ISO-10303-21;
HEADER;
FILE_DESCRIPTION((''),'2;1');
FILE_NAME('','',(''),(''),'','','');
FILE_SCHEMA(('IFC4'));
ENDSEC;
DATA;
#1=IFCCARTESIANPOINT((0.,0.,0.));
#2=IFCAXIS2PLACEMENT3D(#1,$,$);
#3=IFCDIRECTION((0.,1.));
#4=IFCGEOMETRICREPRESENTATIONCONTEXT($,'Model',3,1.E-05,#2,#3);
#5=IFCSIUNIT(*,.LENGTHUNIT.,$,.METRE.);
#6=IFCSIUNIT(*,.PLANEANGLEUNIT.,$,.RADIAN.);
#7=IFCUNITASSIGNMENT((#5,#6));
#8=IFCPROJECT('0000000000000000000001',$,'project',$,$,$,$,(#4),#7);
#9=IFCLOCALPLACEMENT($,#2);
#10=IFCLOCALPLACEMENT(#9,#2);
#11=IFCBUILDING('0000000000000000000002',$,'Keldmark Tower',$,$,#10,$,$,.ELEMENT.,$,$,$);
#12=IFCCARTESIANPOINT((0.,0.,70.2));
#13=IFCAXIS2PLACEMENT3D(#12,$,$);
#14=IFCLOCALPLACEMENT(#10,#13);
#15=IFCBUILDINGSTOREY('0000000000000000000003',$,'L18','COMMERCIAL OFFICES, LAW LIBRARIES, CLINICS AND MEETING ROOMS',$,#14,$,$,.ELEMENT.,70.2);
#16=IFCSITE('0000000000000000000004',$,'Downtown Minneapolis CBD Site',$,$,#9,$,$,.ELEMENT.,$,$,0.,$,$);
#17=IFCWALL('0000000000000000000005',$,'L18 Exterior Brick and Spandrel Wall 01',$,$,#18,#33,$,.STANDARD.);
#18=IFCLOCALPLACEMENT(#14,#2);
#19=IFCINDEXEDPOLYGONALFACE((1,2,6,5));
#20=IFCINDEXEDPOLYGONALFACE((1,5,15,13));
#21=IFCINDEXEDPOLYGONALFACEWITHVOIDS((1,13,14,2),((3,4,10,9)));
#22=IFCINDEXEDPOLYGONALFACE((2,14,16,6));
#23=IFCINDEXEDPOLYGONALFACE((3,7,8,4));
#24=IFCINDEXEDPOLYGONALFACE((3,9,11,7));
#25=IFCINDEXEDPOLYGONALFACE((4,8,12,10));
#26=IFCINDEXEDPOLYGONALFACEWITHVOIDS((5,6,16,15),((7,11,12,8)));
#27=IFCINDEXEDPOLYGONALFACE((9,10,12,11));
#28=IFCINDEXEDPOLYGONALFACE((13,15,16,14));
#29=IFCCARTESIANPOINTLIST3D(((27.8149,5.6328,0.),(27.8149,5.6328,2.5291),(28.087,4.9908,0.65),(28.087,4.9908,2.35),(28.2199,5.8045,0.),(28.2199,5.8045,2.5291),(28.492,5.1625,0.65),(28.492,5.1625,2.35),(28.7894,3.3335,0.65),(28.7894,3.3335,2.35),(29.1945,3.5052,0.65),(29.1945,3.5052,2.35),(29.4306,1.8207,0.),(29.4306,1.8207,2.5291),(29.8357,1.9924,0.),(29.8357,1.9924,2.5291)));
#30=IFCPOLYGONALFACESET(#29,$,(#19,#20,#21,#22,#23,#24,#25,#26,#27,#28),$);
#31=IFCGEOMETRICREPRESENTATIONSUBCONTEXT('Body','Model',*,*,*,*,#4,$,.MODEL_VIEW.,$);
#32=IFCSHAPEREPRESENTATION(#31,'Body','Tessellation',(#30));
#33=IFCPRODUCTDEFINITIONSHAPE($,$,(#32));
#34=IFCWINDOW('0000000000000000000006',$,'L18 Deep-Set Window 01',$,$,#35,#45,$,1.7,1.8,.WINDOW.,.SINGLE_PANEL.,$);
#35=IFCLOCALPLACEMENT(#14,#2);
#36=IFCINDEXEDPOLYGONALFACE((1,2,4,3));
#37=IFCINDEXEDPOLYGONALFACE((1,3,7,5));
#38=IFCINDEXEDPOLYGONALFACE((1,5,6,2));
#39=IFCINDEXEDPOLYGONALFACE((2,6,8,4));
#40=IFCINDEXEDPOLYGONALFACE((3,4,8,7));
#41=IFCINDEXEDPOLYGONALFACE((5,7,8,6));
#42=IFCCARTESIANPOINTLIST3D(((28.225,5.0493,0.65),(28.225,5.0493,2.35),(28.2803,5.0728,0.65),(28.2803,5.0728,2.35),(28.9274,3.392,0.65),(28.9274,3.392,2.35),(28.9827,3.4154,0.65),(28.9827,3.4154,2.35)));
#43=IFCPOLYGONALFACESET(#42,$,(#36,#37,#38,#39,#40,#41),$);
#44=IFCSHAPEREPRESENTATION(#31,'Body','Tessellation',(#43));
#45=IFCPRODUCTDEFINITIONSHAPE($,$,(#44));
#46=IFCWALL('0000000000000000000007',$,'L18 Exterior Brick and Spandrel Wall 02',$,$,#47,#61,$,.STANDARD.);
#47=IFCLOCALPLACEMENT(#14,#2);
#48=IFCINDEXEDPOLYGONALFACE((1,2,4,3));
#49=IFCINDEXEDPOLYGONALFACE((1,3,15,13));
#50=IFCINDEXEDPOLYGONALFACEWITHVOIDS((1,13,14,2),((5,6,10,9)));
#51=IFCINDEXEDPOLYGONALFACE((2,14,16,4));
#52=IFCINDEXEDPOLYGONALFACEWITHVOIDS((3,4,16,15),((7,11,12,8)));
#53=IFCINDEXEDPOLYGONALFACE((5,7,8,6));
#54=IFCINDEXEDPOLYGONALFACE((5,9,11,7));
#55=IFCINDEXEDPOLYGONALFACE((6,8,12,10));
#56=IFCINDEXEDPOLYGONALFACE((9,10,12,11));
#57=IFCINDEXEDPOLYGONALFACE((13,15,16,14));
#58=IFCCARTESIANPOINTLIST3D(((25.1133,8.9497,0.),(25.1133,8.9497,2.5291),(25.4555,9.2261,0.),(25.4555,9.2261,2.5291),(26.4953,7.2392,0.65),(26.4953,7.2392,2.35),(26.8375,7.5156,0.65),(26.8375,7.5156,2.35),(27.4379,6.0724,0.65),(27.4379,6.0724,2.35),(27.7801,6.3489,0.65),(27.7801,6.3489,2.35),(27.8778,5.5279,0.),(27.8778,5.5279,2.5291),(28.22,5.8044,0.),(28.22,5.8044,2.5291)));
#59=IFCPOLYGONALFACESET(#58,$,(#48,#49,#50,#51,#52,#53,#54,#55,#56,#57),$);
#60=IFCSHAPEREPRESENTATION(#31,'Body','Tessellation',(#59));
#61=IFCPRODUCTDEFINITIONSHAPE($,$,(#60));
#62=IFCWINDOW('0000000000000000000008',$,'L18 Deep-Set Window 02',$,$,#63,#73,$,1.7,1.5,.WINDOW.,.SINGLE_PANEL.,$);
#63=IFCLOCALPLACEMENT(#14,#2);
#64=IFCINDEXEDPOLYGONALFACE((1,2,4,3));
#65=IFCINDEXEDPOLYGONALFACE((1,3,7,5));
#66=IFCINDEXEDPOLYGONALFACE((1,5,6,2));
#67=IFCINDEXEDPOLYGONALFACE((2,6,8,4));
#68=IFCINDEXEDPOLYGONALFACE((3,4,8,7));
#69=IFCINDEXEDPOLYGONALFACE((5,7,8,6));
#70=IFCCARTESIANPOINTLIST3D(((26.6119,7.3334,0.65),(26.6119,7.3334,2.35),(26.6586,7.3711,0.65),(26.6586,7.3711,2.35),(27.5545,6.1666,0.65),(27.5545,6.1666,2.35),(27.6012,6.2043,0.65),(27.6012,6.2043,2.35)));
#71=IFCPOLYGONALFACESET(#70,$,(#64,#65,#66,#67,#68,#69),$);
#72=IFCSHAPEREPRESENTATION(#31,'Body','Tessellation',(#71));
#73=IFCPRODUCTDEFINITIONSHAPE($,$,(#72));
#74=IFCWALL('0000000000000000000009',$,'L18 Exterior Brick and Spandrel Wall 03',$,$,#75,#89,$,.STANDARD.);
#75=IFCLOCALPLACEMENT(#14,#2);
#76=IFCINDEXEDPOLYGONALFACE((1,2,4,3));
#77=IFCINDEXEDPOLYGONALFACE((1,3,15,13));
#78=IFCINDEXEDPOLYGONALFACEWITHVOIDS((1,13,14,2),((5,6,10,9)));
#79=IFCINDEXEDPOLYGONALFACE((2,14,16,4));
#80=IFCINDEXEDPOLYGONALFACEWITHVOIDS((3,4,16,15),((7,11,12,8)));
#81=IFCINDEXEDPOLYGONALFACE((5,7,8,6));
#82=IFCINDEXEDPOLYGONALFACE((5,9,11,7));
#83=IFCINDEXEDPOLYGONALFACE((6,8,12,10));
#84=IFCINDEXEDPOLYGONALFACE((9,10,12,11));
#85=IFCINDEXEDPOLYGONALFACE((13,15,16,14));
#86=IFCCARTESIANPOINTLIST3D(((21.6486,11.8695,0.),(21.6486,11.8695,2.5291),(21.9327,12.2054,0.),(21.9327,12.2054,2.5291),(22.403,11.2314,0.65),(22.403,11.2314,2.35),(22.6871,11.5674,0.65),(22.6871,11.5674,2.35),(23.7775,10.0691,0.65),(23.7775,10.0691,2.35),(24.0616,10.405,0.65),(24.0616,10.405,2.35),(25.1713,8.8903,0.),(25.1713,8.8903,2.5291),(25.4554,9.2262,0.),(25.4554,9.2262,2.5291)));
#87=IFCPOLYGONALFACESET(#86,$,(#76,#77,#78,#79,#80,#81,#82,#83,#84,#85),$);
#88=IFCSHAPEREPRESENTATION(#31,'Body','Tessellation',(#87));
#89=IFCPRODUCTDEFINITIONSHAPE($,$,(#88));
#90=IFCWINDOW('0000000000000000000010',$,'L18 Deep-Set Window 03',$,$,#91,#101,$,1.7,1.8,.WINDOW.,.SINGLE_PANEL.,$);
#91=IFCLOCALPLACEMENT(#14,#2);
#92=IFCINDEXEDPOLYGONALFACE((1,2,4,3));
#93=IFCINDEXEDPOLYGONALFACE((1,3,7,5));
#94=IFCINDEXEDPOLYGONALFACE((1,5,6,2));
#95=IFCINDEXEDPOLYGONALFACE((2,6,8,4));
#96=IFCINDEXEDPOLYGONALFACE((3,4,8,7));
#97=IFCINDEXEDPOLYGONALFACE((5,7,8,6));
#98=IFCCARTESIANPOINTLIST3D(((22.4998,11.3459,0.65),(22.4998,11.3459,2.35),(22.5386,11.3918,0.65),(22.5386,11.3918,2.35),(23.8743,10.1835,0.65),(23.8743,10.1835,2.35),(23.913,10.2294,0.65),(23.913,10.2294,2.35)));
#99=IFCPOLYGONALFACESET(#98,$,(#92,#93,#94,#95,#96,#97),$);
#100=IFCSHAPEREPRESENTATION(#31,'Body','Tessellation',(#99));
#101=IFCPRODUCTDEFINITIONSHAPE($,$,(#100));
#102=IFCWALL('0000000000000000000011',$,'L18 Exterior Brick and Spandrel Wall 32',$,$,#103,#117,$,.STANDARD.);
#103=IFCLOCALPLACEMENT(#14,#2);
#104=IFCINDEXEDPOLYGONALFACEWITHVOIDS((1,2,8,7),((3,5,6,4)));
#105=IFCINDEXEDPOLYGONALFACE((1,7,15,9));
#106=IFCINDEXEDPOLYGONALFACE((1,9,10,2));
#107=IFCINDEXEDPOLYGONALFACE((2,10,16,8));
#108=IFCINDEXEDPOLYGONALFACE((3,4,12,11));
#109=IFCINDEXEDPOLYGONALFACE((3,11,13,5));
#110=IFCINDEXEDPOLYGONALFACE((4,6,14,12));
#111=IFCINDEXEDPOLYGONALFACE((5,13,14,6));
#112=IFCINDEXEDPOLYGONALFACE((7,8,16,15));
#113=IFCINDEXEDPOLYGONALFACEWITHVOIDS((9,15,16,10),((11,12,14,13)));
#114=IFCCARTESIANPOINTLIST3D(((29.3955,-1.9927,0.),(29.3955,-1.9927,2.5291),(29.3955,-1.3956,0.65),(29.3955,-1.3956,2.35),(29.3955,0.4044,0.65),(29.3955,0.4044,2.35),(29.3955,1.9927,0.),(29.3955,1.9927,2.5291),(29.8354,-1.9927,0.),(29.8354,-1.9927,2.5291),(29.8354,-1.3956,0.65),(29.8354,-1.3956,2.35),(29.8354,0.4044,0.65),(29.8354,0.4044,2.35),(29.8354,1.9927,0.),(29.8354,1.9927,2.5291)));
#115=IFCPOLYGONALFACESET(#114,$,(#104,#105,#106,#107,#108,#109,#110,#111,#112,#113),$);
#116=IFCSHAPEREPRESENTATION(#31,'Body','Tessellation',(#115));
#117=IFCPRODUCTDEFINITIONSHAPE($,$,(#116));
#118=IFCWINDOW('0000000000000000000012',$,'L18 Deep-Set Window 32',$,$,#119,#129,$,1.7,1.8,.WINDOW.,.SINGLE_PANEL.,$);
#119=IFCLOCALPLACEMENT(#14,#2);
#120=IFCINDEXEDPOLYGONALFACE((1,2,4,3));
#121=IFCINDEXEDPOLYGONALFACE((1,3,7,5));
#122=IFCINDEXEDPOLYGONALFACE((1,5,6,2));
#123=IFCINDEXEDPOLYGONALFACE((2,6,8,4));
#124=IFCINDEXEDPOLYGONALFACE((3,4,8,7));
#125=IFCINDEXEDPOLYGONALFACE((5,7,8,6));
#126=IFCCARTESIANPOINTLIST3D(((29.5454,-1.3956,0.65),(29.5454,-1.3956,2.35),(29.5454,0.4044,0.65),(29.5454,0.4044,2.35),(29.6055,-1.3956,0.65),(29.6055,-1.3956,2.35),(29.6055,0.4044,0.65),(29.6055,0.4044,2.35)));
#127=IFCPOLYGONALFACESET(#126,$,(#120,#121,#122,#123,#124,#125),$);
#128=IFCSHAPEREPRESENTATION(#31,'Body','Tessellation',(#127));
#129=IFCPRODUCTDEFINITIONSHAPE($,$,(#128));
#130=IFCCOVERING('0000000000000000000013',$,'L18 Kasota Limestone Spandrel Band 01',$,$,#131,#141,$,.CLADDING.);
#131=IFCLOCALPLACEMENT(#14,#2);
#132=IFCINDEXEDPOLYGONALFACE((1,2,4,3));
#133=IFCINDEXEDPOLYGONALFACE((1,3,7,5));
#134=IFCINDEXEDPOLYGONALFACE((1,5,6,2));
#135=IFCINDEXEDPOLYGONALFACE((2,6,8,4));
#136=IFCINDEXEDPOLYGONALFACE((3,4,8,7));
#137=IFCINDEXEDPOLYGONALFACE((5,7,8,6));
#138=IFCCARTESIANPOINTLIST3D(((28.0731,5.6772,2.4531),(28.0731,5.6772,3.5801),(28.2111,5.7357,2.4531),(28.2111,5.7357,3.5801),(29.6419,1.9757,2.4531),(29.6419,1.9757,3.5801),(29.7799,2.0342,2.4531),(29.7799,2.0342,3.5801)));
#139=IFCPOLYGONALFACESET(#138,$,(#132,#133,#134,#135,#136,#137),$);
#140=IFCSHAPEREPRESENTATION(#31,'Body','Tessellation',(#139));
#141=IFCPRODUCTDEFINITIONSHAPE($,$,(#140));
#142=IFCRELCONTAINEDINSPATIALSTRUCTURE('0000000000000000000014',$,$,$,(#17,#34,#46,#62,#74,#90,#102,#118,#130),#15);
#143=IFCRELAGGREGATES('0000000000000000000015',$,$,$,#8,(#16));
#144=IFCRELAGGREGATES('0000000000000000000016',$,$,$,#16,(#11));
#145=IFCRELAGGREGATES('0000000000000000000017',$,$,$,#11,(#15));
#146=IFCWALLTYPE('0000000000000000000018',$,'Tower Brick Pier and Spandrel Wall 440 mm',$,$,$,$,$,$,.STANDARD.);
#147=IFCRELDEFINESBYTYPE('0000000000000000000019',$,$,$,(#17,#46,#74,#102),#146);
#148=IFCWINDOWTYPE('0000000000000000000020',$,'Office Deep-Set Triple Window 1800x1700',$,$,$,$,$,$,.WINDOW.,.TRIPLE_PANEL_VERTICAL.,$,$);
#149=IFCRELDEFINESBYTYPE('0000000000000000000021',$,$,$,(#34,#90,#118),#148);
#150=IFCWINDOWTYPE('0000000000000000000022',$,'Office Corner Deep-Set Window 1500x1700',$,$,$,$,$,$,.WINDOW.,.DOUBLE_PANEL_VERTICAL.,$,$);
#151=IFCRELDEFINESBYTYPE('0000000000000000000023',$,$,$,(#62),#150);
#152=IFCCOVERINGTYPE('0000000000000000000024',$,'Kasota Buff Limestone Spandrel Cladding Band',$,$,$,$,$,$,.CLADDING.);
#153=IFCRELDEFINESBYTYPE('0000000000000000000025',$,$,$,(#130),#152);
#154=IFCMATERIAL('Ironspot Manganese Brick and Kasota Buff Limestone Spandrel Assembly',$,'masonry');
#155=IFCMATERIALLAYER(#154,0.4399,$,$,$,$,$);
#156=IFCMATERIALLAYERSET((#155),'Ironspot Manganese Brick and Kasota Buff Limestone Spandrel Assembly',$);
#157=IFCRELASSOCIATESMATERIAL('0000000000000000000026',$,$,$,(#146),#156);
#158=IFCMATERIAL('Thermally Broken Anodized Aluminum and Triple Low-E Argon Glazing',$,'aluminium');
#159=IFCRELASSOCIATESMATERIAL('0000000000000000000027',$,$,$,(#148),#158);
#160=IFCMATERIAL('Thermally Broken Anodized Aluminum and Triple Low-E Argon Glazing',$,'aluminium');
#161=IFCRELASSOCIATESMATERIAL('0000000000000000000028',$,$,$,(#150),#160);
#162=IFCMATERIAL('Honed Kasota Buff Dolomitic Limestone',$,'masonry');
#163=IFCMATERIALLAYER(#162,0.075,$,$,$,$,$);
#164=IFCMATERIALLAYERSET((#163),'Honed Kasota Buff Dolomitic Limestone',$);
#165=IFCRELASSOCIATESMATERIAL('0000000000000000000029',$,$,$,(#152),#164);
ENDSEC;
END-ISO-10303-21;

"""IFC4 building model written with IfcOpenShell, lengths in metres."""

from ifc_helpers import new_model, si_unit, direction, frame, frame_2d, origin, origin_2d, place, context, subcontext, project, spatial, rectangle, extrude, material, layer, layer_set, type_object, element, fill, save


model = new_model("IFC4")

# Units and contexts
model_context = context("Model", 3, precision=1e-05, world=origin(), true_north=direction((0.0, 1.0)))
body_context = subcontext(model_context, "Body", "Model", "MODEL_VIEW")
ifc_project = project(units=[si_unit("LENGTHUNIT", "METRE"), si_unit("PLANEANGLEUNIT", "RADIAN")], contexts=[model_context])

# Site, building, storey
site_placement = place(None, origin())
site = spatial("IfcSite", under=ifc_project, at=site_placement, Name="Downtown Minneapolis CBD Site", CompositionType="ELEMENT", RefElevation=0.0)
building_placement = place(site_placement, origin())
building = spatial("IfcBuilding", under=site, at=building_placement, Name="Keldmark Tower", CompositionType="ELEMENT")
storey_placement = place(building_placement, frame((0.0, 0.0, 70.2)))
storey = spatial("IfcBuildingStorey", under=building, at=storey_placement, Name="L18", Description="COMMERCIAL OFFICES, LAW LIBRARIES, CLINICS AND MEETING ROOMS", CompositionType="ELEMENT", Elevation=70.2)

# Walls, openings, windows
ifc_material_1 = material(Name="Ironspot Manganese Brick and Kasota Buff Limestone Spandrel Assembly", Category="masonry")
ifc_layer_1 = layer(ifc_material_1, 0.4399)
ifc_layer_set_1 = layer_set([ifc_layer_1], Name="Ironspot Manganese Brick and Kasota Buff Limestone Spandrel Assembly")
wall_type = type_object("IfcWallType", Name="Tower Brick Pier and Spandrel Wall 440 mm", PredefinedType="STANDARD", material=ifc_layer_set_1)
wall_1_placement = place(storey_placement, frame((28.0173, 5.7188, 0.0), z_axis=(0.0, 0.0, 1.0), x_axis=(0.390244, -0.920712, 0.0)))
wall_1 = element("IfcWall", 1, at=wall_1_placement, inside=storey, type_object=wall_type, Name="L18 Exterior Brick and Spandrel Wall 01", PredefinedType="STANDARD", context=body_context, shape_type="SweptSolid", body=[
    extrude(rectangle(XDim=4.1404, YDim=0.4399, at=frame_2d((2.0703, 0.0))), origin(), (0.0, 0.0, 1.0), 2.5291),
])
opening_1_placement = place(wall_1_placement, frame((0.6975, 0.0, 0.6499)))
opening_1 = element("IfcOpeningElement", 2, at=opening_1_placement, cuts=wall_1, PredefinedType="OPENING", context=body_context, shape_type="SweptSolid", body=[
    extrude(rectangle(XDim=1.8, YDim=1.7, at=frame_2d((0.8999, 0.8501))), frame((0.0, 0.23, 0.0), z_axis=(0.0, -1.0, 0.0), x_axis=(1.0, 0.0, 0.0)), (0.0, 0.0, 1.0), 0.46),
])
ifc_material_2 = material(Name="Thermally Broken Anodized Aluminum and Triple Low-E Argon Glazing", Category="aluminium")
window_type_1 = type_object("IfcWindowType", Name="Office Deep-Set Triple Window 1800x1700", PartitioningType="TRIPLE_PANEL_VERTICAL", PredefinedType="WINDOW", material=ifc_material_2)
window_1_placement = place(opening_1_placement, origin())
window_1 = element("IfcWindow", 3, at=window_1_placement, inside=storey, type_object=window_type_1, Name="L18 Deep-Set Window 01", OverallHeight=1.7, OverallWidth=1.8, PartitioningType="SINGLE_PANEL", PredefinedType="WINDOW", context=body_context, shape_type="SweptSolid", body=[
    extrude(rectangle(XDim=1.8, YDim=1.7, at=frame_2d((0.8999, 0.8501))), frame((0.0, -0.01, 0.0), z_axis=(0.0, -1.0, 0.0), x_axis=(1.0, 0.0, 0.0)), (0.0, 0.0, 1.0), 0.0601),
])
fill(opening_1, window_1)
wall_2_placement = place(storey_placement, frame((25.2844, 9.0879, 0.0), z_axis=(0.0, 0.0, 1.0), x_axis=(0.628444, -0.777855, 0.0)))
wall_2 = element("IfcWall", 4, at=wall_2_placement, inside=storey, type_object=wall_type, Name="L18 Exterior Brick and Spandrel Wall 02", PredefinedType="STANDARD", context=body_context, shape_type="SweptSolid", body=[
    extrude(rectangle(XDim=4.3989, YDim=0.4399, at=frame_2d((2.1995, 0.0))), origin(), (0.0, 0.0, 1.0), 2.5291),
])
opening_2_placement = place(wall_2_placement, frame((2.199, 0.0, 0.6499)))
opening_2 = element("IfcOpeningElement", 5, at=opening_2_placement, cuts=wall_2, PredefinedType="OPENING", context=body_context, shape_type="SweptSolid", body=[
    extrude(rectangle(XDim=1.5, YDim=1.7, at=frame_2d((0.75, 0.8501))), frame((0.0, 0.23, 0.0), z_axis=(0.0, -1.0, 0.0), x_axis=(1.0, 0.0, 0.0)), (0.0, 0.0, 1.0), 0.46),
])
ifc_material_3 = material(Name="Thermally Broken Anodized Aluminum and Triple Low-E Argon Glazing", Category="aluminium")
window_type_2 = type_object("IfcWindowType", Name="Office Corner Deep-Set Window 1500x1700", PartitioningType="DOUBLE_PANEL_VERTICAL", PredefinedType="WINDOW", material=ifc_material_3)
window_2_placement = place(opening_2_placement, origin())
window_2 = element("IfcWindow", 6, at=window_2_placement, inside=storey, type_object=window_type_2, Name="L18 Deep-Set Window 02", OverallHeight=1.7, OverallWidth=1.5, PartitioningType="SINGLE_PANEL", PredefinedType="WINDOW", context=body_context, shape_type="SweptSolid", body=[
    extrude(rectangle(XDim=1.5, YDim=1.7, at=frame_2d((0.75, 0.8501))), frame((0.0, -0.01, 0.0), z_axis=(0.0, -1.0, 0.0), x_axis=(1.0, 0.0, 0.0)), (0.0, 0.0, 1.0), 0.0601),
])
fill(opening_2, window_2)
wall_3_placement = place(storey_placement, frame((21.7908, 12.0374, 0.0), z_axis=(0.0, 0.0, 1.0), x_axis=(0.763547, -0.645752, 0.0)))
wall_3 = element("IfcWall", 7, at=wall_3_placement, inside=storey, type_object=wall_type, Name="L18 Exterior Brick and Spandrel Wall 03", PredefinedType="STANDARD", context=body_context, shape_type="SweptSolid", body=[
    extrude(rectangle(XDim=4.6135, YDim=0.4399, at=frame_2d((2.3066, 0.0))), origin(), (0.0, 0.0, 1.0), 2.5291),
])
opening_3_placement = place(wall_3_placement, frame((0.988, 0.0, 0.6499)))
opening_3 = element("IfcOpeningElement", 8, at=opening_3_placement, cuts=wall_3, PredefinedType="OPENING", context=body_context, shape_type="SweptSolid", body=[
    extrude(rectangle(XDim=1.8, YDim=1.7, at=frame_2d((0.8999, 0.8501))), frame((0.0, 0.23, 0.0), z_axis=(0.0, -1.0, 0.0), x_axis=(1.0, 0.0, 0.0)), (0.0, 0.0, 1.0), 0.46),
])
window_3_placement = place(opening_3_placement, origin())
window_3 = element("IfcWindow", 9, at=window_3_placement, inside=storey, type_object=window_type_1, Name="L18 Deep-Set Window 03", OverallHeight=1.7, OverallWidth=1.8, PartitioningType="SINGLE_PANEL", PredefinedType="WINDOW", context=body_context, shape_type="SweptSolid", body=[
    extrude(rectangle(XDim=1.8, YDim=1.7, at=frame_2d((0.8999, 0.8501))), frame((0.0, -0.01, 0.0), z_axis=(0.0, -1.0, 0.0), x_axis=(1.0, 0.0, 0.0)), (0.0, 0.0, 1.0), 0.0601),
])
fill(opening_3, window_3)
wall_4_placement = place(storey_placement, frame((29.6155, 1.9927, 0.0), z_axis=(0.0, 0.0, 1.0), x_axis=(0.0, -1.0, 0.0)))
wall_4 = element("IfcWall", 10, at=wall_4_placement, inside=storey, type_object=wall_type, Name="L18 Exterior Brick and Spandrel Wall 32", PredefinedType="STANDARD", context=body_context, shape_type="SweptSolid", body=[
    extrude(rectangle(XDim=3.9854, YDim=0.4399, at=frame_2d((1.9927, 0.0))), origin(), (0.0, 0.0, 1.0), 2.5291),
])
opening_4_placement = place(wall_4_placement, frame((1.5884, 0.0, 0.6499)))
opening_4 = element("IfcOpeningElement", 11, at=opening_4_placement, cuts=wall_4, PredefinedType="OPENING", context=body_context, shape_type="SweptSolid", body=[
    extrude(rectangle(XDim=1.8, YDim=1.7, at=frame_2d((0.8999, 0.8501))), frame((0.0, 0.23, 0.0), z_axis=(0.0, -1.0, 0.0), x_axis=(1.0, 0.0, 0.0)), (0.0, 0.0, 1.0), 0.46),
])
window_4_placement = place(opening_4_placement, origin())
window_4 = element("IfcWindow", 12, at=window_4_placement, inside=storey, type_object=window_type_1, Name="L18 Deep-Set Window 32", OverallHeight=1.7, OverallWidth=1.8, PartitioningType="SINGLE_PANEL", PredefinedType="WINDOW", context=body_context, shape_type="SweptSolid", body=[
    extrude(rectangle(XDim=1.8, YDim=1.7, at=frame_2d((0.8999, 0.8501))), frame((0.0, -0.01, 0.0), z_axis=(0.0, -1.0, 0.0), x_axis=(1.0, 0.0, 0.0)), (0.0, 0.0, 1.0), 0.0601),
])
fill(opening_4, window_4)

# Covering
ifc_material_4 = material(Name="Honed Kasota Buff Dolomitic Limestone", Category="masonry")
ifc_layer_2 = layer(ifc_material_4, 0.075)
ifc_layer_set_2 = layer_set([ifc_layer_2], Name="Honed Kasota Buff Dolomitic Limestone")
covering_type = type_object("IfcCoveringType", Name="Kasota Buff Limestone Spandrel Cladding Band", PredefinedType="CLADDING", material=ifc_layer_set_2)
covering_placement = place(storey_placement, frame((28.9265, 3.8557, 2.4531), z_axis=(0.0, 0.0, 1.0), x_axis=(-0.390233, 0.920716, 0.0)))
element("IfcCovering", 13, at=covering_placement, inside=storey, type_object=covering_type, Name="L18 Kasota Limestone Spandrel Band 01", PredefinedType="CLADDING", context=body_context, shape_type="SweptSolid", body=[
    extrude(rectangle(XDim=4.0203, YDim=0.1499, at=origin_2d()), origin(), (0.0, 0.0, 1.0), 1.127),
])

save(model, "model.ifc")
